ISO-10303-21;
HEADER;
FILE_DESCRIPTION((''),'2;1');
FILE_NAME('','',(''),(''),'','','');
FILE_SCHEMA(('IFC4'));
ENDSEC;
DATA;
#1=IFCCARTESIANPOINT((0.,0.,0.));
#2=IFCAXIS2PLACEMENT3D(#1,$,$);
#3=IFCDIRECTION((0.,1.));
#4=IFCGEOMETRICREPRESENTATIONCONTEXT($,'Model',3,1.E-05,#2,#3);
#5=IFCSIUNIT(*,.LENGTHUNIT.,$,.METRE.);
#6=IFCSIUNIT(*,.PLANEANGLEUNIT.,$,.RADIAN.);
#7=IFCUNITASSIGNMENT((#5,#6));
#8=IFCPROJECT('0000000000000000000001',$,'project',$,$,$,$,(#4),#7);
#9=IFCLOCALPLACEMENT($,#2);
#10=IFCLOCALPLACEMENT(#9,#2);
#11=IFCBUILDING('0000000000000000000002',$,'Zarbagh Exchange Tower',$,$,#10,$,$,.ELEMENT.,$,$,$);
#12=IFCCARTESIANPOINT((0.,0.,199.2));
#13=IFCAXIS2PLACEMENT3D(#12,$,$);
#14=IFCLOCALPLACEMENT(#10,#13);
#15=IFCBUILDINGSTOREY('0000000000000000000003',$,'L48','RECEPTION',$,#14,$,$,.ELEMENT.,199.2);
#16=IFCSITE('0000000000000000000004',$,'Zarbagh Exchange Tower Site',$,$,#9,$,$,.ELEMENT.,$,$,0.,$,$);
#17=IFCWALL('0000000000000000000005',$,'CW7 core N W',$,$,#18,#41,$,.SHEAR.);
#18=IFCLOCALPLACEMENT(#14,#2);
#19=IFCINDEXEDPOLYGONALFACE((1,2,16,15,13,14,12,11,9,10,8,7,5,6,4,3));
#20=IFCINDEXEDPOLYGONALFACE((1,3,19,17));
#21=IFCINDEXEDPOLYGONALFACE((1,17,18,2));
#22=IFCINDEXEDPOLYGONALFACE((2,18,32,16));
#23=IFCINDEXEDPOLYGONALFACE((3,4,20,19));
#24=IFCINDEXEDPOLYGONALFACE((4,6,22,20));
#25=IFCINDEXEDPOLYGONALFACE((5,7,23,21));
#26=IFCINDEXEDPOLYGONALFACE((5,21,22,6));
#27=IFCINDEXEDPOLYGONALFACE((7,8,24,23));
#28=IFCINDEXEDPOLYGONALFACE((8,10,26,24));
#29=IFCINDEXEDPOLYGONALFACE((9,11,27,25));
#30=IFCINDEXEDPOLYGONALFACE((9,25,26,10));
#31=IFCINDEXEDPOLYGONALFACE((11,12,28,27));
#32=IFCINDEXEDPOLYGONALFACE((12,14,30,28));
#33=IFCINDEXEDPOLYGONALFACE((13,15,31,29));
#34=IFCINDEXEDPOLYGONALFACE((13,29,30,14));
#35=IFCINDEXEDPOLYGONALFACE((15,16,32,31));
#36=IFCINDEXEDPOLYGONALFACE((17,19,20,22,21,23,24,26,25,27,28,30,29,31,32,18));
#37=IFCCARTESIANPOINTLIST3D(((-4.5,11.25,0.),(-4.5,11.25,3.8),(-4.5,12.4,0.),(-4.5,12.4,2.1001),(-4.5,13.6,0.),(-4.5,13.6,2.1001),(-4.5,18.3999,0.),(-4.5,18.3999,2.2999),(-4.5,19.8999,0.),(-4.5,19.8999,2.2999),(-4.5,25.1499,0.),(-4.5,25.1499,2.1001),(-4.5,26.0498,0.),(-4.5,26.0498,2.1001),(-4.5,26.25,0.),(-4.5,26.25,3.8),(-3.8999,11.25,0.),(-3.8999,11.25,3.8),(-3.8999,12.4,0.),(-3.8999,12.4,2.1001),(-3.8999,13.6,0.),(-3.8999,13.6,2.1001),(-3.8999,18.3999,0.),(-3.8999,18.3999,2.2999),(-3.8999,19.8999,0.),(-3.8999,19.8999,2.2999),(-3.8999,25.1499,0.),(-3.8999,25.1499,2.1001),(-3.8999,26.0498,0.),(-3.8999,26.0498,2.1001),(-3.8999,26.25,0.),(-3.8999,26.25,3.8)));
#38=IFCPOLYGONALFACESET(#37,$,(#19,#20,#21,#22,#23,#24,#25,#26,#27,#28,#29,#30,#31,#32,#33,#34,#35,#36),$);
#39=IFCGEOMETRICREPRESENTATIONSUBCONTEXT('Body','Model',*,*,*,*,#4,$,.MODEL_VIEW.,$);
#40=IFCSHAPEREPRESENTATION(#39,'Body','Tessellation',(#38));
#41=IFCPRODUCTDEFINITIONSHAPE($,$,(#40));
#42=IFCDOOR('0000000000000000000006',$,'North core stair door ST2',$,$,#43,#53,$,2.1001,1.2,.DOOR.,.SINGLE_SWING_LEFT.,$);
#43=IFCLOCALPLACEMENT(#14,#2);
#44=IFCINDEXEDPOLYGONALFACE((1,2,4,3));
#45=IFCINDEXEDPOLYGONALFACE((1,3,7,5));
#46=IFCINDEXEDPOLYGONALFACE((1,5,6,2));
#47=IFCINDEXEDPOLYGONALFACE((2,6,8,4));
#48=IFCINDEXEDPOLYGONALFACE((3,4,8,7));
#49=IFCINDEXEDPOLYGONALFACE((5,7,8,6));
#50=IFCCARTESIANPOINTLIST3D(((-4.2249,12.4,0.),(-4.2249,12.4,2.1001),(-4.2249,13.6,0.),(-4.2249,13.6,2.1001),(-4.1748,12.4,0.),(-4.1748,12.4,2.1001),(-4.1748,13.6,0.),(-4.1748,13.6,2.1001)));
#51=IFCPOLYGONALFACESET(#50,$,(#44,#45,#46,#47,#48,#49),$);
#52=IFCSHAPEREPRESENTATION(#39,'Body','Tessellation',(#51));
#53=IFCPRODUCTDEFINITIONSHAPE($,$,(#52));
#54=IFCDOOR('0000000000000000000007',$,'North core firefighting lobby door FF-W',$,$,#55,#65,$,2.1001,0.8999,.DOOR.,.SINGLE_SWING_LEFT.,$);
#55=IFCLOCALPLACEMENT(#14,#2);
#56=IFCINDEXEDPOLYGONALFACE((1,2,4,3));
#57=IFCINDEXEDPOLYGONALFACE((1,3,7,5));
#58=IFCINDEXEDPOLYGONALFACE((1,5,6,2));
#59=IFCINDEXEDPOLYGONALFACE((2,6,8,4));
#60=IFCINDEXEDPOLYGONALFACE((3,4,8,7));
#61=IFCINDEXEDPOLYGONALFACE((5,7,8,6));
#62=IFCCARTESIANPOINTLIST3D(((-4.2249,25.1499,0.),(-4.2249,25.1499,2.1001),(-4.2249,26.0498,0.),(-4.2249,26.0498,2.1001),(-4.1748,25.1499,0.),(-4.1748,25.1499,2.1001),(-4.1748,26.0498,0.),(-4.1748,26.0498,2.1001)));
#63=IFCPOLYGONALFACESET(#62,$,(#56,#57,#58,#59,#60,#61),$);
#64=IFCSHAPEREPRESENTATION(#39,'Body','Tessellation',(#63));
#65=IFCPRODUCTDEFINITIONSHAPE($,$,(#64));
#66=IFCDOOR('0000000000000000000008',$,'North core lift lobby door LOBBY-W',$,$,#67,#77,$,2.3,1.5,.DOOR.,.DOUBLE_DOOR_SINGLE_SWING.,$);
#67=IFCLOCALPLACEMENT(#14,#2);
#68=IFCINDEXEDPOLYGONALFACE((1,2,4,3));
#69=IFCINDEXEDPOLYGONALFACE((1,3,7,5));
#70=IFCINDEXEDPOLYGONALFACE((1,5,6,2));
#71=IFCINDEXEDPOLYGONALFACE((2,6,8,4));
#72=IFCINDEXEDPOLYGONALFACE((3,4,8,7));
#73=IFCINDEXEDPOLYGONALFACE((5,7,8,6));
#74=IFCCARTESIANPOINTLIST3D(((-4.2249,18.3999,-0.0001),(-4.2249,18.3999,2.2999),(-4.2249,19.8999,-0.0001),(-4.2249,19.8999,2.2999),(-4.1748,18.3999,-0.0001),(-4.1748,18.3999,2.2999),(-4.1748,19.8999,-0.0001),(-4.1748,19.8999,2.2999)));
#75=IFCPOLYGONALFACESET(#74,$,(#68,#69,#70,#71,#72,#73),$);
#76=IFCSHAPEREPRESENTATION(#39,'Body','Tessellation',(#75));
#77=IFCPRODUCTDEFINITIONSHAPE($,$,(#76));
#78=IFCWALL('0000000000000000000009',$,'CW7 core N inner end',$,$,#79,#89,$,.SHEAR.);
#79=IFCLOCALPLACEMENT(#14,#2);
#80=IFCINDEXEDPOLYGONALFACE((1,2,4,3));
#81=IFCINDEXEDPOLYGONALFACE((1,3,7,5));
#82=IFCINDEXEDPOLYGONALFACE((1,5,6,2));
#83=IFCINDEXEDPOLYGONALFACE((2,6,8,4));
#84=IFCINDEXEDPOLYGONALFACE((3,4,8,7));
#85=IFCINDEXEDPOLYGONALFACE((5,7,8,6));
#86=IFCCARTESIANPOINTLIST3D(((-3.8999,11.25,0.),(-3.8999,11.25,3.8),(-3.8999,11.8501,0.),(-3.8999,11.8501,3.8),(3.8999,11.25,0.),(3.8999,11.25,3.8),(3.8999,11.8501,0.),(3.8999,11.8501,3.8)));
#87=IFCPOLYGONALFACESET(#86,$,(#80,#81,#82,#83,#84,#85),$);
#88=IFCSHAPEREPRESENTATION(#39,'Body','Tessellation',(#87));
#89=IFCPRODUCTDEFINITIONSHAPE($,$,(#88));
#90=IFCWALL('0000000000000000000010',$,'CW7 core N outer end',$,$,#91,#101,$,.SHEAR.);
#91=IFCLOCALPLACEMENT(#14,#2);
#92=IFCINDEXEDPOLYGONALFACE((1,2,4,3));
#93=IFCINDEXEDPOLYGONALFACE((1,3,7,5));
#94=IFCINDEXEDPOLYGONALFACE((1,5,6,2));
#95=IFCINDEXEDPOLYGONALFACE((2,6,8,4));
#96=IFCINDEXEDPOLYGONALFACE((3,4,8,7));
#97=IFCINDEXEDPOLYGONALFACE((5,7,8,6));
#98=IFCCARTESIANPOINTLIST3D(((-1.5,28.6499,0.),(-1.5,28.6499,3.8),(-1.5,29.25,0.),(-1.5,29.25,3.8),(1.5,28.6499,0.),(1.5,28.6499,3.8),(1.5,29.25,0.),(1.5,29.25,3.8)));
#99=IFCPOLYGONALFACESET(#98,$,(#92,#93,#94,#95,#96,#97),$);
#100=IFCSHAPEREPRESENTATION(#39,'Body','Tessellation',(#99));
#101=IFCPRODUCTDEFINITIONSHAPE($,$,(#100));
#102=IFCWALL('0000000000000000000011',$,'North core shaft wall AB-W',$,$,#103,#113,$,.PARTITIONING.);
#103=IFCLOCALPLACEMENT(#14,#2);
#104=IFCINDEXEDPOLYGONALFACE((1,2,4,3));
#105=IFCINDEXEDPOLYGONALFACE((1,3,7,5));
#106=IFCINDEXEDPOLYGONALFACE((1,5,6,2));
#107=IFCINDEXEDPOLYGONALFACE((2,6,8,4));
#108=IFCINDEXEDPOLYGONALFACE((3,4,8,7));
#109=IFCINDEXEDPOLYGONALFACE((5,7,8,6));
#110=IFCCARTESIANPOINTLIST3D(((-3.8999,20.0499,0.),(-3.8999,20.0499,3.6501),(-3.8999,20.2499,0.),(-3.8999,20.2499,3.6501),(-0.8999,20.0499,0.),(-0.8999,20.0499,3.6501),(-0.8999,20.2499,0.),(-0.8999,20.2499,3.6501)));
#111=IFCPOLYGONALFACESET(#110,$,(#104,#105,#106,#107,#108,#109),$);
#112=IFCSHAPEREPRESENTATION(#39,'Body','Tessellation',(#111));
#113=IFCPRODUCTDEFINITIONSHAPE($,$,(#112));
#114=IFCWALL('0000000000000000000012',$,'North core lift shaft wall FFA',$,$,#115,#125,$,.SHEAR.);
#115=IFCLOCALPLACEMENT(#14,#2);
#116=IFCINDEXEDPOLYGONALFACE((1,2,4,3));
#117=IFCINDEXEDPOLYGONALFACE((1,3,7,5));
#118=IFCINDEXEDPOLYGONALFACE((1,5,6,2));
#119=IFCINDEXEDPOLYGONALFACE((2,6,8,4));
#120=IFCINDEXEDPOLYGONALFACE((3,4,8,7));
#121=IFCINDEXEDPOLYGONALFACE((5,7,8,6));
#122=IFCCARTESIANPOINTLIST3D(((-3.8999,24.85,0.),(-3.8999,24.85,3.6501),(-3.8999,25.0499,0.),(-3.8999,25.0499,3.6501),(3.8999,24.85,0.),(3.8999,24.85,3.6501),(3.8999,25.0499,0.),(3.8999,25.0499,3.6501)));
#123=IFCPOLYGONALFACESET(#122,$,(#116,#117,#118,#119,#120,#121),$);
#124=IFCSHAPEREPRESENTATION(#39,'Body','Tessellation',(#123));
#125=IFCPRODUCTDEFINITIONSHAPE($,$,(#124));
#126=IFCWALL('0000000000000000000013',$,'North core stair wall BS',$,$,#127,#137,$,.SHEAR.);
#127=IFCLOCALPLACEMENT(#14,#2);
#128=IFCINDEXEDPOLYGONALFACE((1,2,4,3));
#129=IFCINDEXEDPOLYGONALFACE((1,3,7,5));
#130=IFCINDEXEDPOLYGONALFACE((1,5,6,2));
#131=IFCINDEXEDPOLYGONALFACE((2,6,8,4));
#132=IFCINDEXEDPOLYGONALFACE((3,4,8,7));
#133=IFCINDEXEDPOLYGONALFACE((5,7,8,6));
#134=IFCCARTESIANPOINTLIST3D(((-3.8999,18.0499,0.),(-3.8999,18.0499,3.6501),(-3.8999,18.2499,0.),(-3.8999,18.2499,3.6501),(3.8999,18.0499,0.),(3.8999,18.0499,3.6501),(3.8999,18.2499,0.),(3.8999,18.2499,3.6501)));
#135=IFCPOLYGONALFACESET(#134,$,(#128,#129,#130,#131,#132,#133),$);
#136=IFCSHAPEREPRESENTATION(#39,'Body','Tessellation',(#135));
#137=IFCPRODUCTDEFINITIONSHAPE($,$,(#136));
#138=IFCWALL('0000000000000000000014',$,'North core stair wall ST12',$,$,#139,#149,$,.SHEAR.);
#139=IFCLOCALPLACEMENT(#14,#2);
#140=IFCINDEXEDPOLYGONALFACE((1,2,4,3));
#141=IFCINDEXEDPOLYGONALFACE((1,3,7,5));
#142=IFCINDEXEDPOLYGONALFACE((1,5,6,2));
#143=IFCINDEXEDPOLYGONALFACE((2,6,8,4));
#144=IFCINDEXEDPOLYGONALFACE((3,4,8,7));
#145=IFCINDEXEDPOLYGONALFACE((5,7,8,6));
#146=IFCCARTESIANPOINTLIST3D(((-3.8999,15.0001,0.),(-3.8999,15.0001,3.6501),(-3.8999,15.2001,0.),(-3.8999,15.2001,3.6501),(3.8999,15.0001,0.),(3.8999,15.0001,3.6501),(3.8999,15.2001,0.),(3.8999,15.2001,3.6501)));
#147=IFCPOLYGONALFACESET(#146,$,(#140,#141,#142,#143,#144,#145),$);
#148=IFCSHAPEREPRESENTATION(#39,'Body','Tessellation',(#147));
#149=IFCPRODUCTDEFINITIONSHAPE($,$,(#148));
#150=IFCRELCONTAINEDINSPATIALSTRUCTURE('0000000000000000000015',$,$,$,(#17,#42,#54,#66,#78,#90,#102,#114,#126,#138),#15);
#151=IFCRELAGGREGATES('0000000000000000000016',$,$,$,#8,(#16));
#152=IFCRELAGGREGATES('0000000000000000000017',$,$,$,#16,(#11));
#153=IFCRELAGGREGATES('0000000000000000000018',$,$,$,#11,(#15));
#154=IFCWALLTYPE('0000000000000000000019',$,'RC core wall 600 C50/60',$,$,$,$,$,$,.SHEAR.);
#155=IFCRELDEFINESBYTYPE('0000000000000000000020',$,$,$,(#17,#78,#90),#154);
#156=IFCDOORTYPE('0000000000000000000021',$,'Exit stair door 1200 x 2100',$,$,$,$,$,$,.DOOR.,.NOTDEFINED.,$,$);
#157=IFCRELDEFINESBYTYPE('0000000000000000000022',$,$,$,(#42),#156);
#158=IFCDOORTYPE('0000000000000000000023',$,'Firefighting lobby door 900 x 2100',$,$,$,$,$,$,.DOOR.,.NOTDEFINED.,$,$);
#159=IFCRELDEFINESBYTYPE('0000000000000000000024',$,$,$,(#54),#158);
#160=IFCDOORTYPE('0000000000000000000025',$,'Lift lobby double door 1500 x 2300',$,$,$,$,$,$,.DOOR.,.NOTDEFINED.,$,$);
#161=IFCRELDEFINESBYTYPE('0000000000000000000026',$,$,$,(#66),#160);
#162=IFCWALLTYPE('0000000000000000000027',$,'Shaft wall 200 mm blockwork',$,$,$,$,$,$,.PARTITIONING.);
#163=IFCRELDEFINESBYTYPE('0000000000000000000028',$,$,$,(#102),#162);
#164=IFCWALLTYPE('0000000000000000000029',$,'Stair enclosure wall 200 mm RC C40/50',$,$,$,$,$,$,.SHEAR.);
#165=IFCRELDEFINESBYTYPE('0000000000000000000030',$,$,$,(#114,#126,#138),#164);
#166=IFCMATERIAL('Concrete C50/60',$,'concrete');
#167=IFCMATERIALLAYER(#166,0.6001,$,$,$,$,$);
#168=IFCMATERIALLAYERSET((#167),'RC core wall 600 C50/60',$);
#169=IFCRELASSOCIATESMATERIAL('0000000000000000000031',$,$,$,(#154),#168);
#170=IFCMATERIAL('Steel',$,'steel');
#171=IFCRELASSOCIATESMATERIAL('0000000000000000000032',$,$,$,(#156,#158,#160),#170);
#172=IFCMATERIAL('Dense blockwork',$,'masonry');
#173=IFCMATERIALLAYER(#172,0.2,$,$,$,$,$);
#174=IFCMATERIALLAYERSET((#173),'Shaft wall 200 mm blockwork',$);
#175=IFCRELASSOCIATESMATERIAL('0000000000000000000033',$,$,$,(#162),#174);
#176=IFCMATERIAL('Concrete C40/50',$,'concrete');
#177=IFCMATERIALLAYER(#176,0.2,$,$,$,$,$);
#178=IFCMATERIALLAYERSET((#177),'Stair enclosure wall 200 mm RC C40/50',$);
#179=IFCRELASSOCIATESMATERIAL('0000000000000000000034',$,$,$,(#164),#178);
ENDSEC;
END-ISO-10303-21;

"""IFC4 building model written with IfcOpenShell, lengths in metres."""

from ifc_helpers import new_model, si_unit, direction, frame, frame_2d, origin, place, context, subcontext, project, spatial, rectangle, extrude, material, layer, layer_set, type_object, element, fill, save


model = new_model("IFC4")

# Units and contexts
model_context = context("Model", 3, precision=1e-05, world=origin(), true_north=direction((0.0, 1.0)))
body_context = subcontext(model_context, "Body", "Model", "MODEL_VIEW")
ifc_project = project(units=[si_unit("LENGTHUNIT", "METRE"), si_unit("PLANEANGLEUNIT", "RADIAN")], contexts=[model_context])

# Site, building, storey
site_placement = place(None, origin())
site = spatial("IfcSite", under=ifc_project, at=site_placement, Name="Zarbagh Exchange Tower Site", CompositionType="ELEMENT", RefElevation=0.0)
building_placement = place(site_placement, origin())
building = spatial("IfcBuilding", under=site, at=building_placement, Name="Zarbagh Exchange Tower", CompositionType="ELEMENT")
storey_placement = place(building_placement, frame((0.0, 0.0, 199.2)))
storey = spatial("IfcBuildingStorey", under=building, at=storey_placement, Name="L48", Description="RECEPTION", CompositionType="ELEMENT", Elevation=199.2)

# Shared definitions
ifc_material_1 = material(Name="Concrete C50/60", Category="concrete")

# Shared definitions
ifc_material_2 = material(Name="Dense blockwork", Category="masonry")

# Wall, openings, doors
ifc_layer_1 = layer(ifc_material_1, 0.6001)
ifc_layer_set_1 = layer_set([ifc_layer_1], Name="RC core wall 600 C50/60")
wall_type_1 = type_object("IfcWallType", Name="RC core wall 600 C50/60", PredefinedType="SHEAR", material=ifc_layer_set_1)
wall_1_placement = place(storey_placement, frame((-4.2, 11.25, 0.0), z_axis=(0.0, 0.0, 1.0), x_axis=(0.0, 1.0, 0.0)))
wall_1 = element("IfcWall", 1, at=wall_1_placement, inside=storey, type_object=wall_type_1, Name="CW7 core N W", PredefinedType="SHEAR", context=body_context, shape_type="SweptSolid", body=[
    extrude(rectangle(XDim=15.0, YDim=0.6001, at=frame_2d((7.5, 0.0))), origin(), (0.0, 0.0, 1.0), 3.8),
])
opening_1_placement = place(wall_1_placement, frame((7.1499, 0.0, 0.0)))
opening_1 = element("IfcOpeningElement", 2, at=opening_1_placement, cuts=wall_1, PredefinedType="OPENING", context=body_context, shape_type="SweptSolid", body=[
    extrude(rectangle(XDim=1.5, YDim=2.3, at=frame_2d((0.75, 1.1499))), frame((0.0, 0.3101, 0.0), z_axis=(0.0, -1.0, 0.0), x_axis=(1.0, 0.0, 0.0)), (0.0, 0.0, 1.0), 0.6201),
])
opening_2_placement = place(wall_1_placement, frame((13.8999, 0.0, 0.0)))
opening_2 = element("IfcOpeningElement", 3, at=opening_2_placement, cuts=wall_1, PredefinedType="OPENING", context=body_context, shape_type="SweptSolid", body=[
    extrude(rectangle(XDim=0.8999, YDim=2.1001, at=frame_2d((0.45, 1.05))), frame((0.0, 0.3101, 0.0), z_axis=(0.0, -1.0, 0.0), x_axis=(1.0, 0.0, 0.0)), (0.0, 0.0, 1.0), 0.6201),
])
opening_3_placement = place(wall_1_placement, frame((1.1499, 0.0, 0.0)))
opening_3 = element("IfcOpeningElement", 4, at=opening_3_placement, cuts=wall_1, PredefinedType="OPENING", context=body_context, shape_type="SweptSolid", body=[
    extrude(rectangle(XDim=1.2, YDim=2.1001, at=frame_2d((0.6001, 1.05))), frame((0.0, 0.3101, 0.0), z_axis=(0.0, -1.0, 0.0), x_axis=(1.0, 0.0, 0.0)), (0.0, 0.0, 1.0), 0.6201),
])
ifc_material_3 = material(Name="Steel", Category="steel")
door_type_1 = type_object("IfcDoorType", Name="Exit stair door 1200 x 2100", OperationType="NOTDEFINED", PredefinedType="DOOR", material=ifc_material_3)
door_1_placement = place(opening_3_placement, origin())
door_1 = element("IfcDoor", 5, at=door_1_placement, inside=storey, type_object=door_type_1, Name="North core stair door ST2", OperationType="SINGLE_SWING_LEFT", OverallHeight=2.1001, OverallWidth=1.2, PredefinedType="DOOR", context=body_context, shape_type="SweptSolid", body=[
    extrude(rectangle(XDim=1.2, YDim=2.1001, at=frame_2d((0.6001, 1.05))), frame((0.0, 0.0249, 0.0), z_axis=(0.0, -1.0, 0.0), x_axis=(1.0, 0.0, 0.0)), (0.0, 0.0, 1.0), 0.05),
])
fill(opening_3, door_1)
door_type_2 = type_object("IfcDoorType", Name="Firefighting lobby door 900 x 2100", OperationType="NOTDEFINED", PredefinedType="DOOR", material=ifc_material_3)
door_2_placement = place(opening_2_placement, origin())
door_2 = element("IfcDoor", 6, at=door_2_placement, inside=storey, type_object=door_type_2, Name="North core firefighting lobby door FF-W", OperationType="SINGLE_SWING_LEFT", OverallHeight=2.1001, OverallWidth=0.8999, PredefinedType="DOOR", context=body_context, shape_type="SweptSolid", body=[
    extrude(rectangle(XDim=0.8999, YDim=2.1001, at=frame_2d((0.45, 1.05))), frame((0.0, 0.0249, 0.0), z_axis=(0.0, -1.0, 0.0), x_axis=(1.0, 0.0, 0.0)), (0.0, 0.0, 1.0), 0.05),
])
fill(opening_2, door_2)
door_type_3 = type_object("IfcDoorType", Name="Lift lobby double door 1500 x 2300", OperationType="NOTDEFINED", PredefinedType="DOOR", material=ifc_material_3)
door_3_placement = place(opening_1_placement, origin())
door_3 = element("IfcDoor", 7, at=door_3_placement, inside=storey, type_object=door_type_3, Name="North core lift lobby door LOBBY-W", OperationType="DOUBLE_DOOR_SINGLE_SWING", OverallHeight=2.3, OverallWidth=1.5, PredefinedType="DOOR", context=body_context, shape_type="SweptSolid", body=[
    extrude(rectangle(XDim=1.5, YDim=2.3, at=frame_2d((0.75, 1.1499))), frame((0.0, 0.0249, 0.0), z_axis=(0.0, -1.0, 0.0), x_axis=(1.0, 0.0, 0.0)), (0.0, 0.0, 1.0), 0.05),
])
fill(opening_1, door_3)

# Walls
wall_2_placement = place(storey_placement, frame((-3.8999, 11.55, 0.0), z_axis=(0.0, 0.0, 1.0), x_axis=(1.0, 0.0, 0.0)))
element("IfcWall", 8, at=wall_2_placement, inside=storey, type_object=wall_type_1, Name="CW7 core N inner end", PredefinedType="SHEAR", context=body_context, shape_type="SweptSolid", body=[
    extrude(rectangle(XDim=7.7998, YDim=0.6001, at=frame_2d((3.8999, 0.0))), origin(), (0.0, 0.0, 1.0), 3.8),
])
wall_3_placement = place(storey_placement, frame((-1.5, 28.95, 0.0), z_axis=(0.0, 0.0, 1.0), x_axis=(1.0, 0.0, 0.0)))
element("IfcWall", 9, at=wall_3_placement, inside=storey, type_object=wall_type_1, Name="CW7 core N outer end", PredefinedType="SHEAR", context=body_context, shape_type="SweptSolid", body=[
    extrude(rectangle(XDim=3.0, YDim=0.6001, at=frame_2d((1.5, 0.0))), origin(), (0.0, 0.0, 1.0), 3.8),
])
ifc_layer_2 = layer(ifc_material_2, 0.2)
ifc_layer_set_2 = layer_set([ifc_layer_2], Name="Shaft wall 200 mm blockwork")
wall_type_2 = type_object("IfcWallType", Name="Shaft wall 200 mm blockwork", PredefinedType="PARTITIONING", material=ifc_layer_set_2)
wall_4_placement = place(storey_placement, frame((-3.8999, 20.1499, 0.0), z_axis=(0.0, 0.0, 1.0), x_axis=(1.0, 0.0, 0.0)))
element("IfcWall", 10, at=wall_4_placement, inside=storey, type_object=wall_type_2, Name="North core shaft wall AB-W", PredefinedType="PARTITIONING", context=body_context, shape_type="SweptSolid", body=[
    extrude(rectangle(XDim=3.0, YDim=0.2, at=frame_2d((1.5, 0.0))), origin(), (0.0, 0.0, 1.0), 3.6501),
])
ifc_material_4 = material(Name="Concrete C40/50", Category="concrete")
ifc_layer_3 = layer(ifc_material_4, 0.2)
ifc_layer_set_3 = layer_set([ifc_layer_3], Name="Stair enclosure wall 200 mm RC C40/50")
wall_type_3 = type_object("IfcWallType", Name="Stair enclosure wall 200 mm RC C40/50", PredefinedType="SHEAR", material=ifc_layer_set_3)
for number, where, z_axis, x_axis, name in (
    (11, (-3.8999, 24.95, 0.0), (0.0, 0.0, 1.0), (1.0, 0.0, 0.0), "North core lift shaft wall FFA"),
    (12, (-3.8999, 18.1499, 0.0), (0.0, 0.0, 1.0), (1.0, 0.0, 0.0), "North core stair wall BS"),
    (13, (-3.8999, 15.1001, 0.0), (0.0, 0.0, 1.0), (1.0, 0.0, 0.0), "North core stair wall ST12"),
):
    element("IfcWall", number, at=place(storey_placement, frame(where, z_axis=z_axis, x_axis=x_axis)), inside=storey, type_object=wall_type_3, Name=name, PredefinedType="SHEAR", context=body_context, shape_type="SweptSolid", body=[
        extrude(rectangle(XDim=7.7998, YDim=0.2, at=frame_2d((3.8999, 0.0))), origin(), (0.0, 0.0, 1.0), 3.6501),
    ])

save(model, "model.ifc")
